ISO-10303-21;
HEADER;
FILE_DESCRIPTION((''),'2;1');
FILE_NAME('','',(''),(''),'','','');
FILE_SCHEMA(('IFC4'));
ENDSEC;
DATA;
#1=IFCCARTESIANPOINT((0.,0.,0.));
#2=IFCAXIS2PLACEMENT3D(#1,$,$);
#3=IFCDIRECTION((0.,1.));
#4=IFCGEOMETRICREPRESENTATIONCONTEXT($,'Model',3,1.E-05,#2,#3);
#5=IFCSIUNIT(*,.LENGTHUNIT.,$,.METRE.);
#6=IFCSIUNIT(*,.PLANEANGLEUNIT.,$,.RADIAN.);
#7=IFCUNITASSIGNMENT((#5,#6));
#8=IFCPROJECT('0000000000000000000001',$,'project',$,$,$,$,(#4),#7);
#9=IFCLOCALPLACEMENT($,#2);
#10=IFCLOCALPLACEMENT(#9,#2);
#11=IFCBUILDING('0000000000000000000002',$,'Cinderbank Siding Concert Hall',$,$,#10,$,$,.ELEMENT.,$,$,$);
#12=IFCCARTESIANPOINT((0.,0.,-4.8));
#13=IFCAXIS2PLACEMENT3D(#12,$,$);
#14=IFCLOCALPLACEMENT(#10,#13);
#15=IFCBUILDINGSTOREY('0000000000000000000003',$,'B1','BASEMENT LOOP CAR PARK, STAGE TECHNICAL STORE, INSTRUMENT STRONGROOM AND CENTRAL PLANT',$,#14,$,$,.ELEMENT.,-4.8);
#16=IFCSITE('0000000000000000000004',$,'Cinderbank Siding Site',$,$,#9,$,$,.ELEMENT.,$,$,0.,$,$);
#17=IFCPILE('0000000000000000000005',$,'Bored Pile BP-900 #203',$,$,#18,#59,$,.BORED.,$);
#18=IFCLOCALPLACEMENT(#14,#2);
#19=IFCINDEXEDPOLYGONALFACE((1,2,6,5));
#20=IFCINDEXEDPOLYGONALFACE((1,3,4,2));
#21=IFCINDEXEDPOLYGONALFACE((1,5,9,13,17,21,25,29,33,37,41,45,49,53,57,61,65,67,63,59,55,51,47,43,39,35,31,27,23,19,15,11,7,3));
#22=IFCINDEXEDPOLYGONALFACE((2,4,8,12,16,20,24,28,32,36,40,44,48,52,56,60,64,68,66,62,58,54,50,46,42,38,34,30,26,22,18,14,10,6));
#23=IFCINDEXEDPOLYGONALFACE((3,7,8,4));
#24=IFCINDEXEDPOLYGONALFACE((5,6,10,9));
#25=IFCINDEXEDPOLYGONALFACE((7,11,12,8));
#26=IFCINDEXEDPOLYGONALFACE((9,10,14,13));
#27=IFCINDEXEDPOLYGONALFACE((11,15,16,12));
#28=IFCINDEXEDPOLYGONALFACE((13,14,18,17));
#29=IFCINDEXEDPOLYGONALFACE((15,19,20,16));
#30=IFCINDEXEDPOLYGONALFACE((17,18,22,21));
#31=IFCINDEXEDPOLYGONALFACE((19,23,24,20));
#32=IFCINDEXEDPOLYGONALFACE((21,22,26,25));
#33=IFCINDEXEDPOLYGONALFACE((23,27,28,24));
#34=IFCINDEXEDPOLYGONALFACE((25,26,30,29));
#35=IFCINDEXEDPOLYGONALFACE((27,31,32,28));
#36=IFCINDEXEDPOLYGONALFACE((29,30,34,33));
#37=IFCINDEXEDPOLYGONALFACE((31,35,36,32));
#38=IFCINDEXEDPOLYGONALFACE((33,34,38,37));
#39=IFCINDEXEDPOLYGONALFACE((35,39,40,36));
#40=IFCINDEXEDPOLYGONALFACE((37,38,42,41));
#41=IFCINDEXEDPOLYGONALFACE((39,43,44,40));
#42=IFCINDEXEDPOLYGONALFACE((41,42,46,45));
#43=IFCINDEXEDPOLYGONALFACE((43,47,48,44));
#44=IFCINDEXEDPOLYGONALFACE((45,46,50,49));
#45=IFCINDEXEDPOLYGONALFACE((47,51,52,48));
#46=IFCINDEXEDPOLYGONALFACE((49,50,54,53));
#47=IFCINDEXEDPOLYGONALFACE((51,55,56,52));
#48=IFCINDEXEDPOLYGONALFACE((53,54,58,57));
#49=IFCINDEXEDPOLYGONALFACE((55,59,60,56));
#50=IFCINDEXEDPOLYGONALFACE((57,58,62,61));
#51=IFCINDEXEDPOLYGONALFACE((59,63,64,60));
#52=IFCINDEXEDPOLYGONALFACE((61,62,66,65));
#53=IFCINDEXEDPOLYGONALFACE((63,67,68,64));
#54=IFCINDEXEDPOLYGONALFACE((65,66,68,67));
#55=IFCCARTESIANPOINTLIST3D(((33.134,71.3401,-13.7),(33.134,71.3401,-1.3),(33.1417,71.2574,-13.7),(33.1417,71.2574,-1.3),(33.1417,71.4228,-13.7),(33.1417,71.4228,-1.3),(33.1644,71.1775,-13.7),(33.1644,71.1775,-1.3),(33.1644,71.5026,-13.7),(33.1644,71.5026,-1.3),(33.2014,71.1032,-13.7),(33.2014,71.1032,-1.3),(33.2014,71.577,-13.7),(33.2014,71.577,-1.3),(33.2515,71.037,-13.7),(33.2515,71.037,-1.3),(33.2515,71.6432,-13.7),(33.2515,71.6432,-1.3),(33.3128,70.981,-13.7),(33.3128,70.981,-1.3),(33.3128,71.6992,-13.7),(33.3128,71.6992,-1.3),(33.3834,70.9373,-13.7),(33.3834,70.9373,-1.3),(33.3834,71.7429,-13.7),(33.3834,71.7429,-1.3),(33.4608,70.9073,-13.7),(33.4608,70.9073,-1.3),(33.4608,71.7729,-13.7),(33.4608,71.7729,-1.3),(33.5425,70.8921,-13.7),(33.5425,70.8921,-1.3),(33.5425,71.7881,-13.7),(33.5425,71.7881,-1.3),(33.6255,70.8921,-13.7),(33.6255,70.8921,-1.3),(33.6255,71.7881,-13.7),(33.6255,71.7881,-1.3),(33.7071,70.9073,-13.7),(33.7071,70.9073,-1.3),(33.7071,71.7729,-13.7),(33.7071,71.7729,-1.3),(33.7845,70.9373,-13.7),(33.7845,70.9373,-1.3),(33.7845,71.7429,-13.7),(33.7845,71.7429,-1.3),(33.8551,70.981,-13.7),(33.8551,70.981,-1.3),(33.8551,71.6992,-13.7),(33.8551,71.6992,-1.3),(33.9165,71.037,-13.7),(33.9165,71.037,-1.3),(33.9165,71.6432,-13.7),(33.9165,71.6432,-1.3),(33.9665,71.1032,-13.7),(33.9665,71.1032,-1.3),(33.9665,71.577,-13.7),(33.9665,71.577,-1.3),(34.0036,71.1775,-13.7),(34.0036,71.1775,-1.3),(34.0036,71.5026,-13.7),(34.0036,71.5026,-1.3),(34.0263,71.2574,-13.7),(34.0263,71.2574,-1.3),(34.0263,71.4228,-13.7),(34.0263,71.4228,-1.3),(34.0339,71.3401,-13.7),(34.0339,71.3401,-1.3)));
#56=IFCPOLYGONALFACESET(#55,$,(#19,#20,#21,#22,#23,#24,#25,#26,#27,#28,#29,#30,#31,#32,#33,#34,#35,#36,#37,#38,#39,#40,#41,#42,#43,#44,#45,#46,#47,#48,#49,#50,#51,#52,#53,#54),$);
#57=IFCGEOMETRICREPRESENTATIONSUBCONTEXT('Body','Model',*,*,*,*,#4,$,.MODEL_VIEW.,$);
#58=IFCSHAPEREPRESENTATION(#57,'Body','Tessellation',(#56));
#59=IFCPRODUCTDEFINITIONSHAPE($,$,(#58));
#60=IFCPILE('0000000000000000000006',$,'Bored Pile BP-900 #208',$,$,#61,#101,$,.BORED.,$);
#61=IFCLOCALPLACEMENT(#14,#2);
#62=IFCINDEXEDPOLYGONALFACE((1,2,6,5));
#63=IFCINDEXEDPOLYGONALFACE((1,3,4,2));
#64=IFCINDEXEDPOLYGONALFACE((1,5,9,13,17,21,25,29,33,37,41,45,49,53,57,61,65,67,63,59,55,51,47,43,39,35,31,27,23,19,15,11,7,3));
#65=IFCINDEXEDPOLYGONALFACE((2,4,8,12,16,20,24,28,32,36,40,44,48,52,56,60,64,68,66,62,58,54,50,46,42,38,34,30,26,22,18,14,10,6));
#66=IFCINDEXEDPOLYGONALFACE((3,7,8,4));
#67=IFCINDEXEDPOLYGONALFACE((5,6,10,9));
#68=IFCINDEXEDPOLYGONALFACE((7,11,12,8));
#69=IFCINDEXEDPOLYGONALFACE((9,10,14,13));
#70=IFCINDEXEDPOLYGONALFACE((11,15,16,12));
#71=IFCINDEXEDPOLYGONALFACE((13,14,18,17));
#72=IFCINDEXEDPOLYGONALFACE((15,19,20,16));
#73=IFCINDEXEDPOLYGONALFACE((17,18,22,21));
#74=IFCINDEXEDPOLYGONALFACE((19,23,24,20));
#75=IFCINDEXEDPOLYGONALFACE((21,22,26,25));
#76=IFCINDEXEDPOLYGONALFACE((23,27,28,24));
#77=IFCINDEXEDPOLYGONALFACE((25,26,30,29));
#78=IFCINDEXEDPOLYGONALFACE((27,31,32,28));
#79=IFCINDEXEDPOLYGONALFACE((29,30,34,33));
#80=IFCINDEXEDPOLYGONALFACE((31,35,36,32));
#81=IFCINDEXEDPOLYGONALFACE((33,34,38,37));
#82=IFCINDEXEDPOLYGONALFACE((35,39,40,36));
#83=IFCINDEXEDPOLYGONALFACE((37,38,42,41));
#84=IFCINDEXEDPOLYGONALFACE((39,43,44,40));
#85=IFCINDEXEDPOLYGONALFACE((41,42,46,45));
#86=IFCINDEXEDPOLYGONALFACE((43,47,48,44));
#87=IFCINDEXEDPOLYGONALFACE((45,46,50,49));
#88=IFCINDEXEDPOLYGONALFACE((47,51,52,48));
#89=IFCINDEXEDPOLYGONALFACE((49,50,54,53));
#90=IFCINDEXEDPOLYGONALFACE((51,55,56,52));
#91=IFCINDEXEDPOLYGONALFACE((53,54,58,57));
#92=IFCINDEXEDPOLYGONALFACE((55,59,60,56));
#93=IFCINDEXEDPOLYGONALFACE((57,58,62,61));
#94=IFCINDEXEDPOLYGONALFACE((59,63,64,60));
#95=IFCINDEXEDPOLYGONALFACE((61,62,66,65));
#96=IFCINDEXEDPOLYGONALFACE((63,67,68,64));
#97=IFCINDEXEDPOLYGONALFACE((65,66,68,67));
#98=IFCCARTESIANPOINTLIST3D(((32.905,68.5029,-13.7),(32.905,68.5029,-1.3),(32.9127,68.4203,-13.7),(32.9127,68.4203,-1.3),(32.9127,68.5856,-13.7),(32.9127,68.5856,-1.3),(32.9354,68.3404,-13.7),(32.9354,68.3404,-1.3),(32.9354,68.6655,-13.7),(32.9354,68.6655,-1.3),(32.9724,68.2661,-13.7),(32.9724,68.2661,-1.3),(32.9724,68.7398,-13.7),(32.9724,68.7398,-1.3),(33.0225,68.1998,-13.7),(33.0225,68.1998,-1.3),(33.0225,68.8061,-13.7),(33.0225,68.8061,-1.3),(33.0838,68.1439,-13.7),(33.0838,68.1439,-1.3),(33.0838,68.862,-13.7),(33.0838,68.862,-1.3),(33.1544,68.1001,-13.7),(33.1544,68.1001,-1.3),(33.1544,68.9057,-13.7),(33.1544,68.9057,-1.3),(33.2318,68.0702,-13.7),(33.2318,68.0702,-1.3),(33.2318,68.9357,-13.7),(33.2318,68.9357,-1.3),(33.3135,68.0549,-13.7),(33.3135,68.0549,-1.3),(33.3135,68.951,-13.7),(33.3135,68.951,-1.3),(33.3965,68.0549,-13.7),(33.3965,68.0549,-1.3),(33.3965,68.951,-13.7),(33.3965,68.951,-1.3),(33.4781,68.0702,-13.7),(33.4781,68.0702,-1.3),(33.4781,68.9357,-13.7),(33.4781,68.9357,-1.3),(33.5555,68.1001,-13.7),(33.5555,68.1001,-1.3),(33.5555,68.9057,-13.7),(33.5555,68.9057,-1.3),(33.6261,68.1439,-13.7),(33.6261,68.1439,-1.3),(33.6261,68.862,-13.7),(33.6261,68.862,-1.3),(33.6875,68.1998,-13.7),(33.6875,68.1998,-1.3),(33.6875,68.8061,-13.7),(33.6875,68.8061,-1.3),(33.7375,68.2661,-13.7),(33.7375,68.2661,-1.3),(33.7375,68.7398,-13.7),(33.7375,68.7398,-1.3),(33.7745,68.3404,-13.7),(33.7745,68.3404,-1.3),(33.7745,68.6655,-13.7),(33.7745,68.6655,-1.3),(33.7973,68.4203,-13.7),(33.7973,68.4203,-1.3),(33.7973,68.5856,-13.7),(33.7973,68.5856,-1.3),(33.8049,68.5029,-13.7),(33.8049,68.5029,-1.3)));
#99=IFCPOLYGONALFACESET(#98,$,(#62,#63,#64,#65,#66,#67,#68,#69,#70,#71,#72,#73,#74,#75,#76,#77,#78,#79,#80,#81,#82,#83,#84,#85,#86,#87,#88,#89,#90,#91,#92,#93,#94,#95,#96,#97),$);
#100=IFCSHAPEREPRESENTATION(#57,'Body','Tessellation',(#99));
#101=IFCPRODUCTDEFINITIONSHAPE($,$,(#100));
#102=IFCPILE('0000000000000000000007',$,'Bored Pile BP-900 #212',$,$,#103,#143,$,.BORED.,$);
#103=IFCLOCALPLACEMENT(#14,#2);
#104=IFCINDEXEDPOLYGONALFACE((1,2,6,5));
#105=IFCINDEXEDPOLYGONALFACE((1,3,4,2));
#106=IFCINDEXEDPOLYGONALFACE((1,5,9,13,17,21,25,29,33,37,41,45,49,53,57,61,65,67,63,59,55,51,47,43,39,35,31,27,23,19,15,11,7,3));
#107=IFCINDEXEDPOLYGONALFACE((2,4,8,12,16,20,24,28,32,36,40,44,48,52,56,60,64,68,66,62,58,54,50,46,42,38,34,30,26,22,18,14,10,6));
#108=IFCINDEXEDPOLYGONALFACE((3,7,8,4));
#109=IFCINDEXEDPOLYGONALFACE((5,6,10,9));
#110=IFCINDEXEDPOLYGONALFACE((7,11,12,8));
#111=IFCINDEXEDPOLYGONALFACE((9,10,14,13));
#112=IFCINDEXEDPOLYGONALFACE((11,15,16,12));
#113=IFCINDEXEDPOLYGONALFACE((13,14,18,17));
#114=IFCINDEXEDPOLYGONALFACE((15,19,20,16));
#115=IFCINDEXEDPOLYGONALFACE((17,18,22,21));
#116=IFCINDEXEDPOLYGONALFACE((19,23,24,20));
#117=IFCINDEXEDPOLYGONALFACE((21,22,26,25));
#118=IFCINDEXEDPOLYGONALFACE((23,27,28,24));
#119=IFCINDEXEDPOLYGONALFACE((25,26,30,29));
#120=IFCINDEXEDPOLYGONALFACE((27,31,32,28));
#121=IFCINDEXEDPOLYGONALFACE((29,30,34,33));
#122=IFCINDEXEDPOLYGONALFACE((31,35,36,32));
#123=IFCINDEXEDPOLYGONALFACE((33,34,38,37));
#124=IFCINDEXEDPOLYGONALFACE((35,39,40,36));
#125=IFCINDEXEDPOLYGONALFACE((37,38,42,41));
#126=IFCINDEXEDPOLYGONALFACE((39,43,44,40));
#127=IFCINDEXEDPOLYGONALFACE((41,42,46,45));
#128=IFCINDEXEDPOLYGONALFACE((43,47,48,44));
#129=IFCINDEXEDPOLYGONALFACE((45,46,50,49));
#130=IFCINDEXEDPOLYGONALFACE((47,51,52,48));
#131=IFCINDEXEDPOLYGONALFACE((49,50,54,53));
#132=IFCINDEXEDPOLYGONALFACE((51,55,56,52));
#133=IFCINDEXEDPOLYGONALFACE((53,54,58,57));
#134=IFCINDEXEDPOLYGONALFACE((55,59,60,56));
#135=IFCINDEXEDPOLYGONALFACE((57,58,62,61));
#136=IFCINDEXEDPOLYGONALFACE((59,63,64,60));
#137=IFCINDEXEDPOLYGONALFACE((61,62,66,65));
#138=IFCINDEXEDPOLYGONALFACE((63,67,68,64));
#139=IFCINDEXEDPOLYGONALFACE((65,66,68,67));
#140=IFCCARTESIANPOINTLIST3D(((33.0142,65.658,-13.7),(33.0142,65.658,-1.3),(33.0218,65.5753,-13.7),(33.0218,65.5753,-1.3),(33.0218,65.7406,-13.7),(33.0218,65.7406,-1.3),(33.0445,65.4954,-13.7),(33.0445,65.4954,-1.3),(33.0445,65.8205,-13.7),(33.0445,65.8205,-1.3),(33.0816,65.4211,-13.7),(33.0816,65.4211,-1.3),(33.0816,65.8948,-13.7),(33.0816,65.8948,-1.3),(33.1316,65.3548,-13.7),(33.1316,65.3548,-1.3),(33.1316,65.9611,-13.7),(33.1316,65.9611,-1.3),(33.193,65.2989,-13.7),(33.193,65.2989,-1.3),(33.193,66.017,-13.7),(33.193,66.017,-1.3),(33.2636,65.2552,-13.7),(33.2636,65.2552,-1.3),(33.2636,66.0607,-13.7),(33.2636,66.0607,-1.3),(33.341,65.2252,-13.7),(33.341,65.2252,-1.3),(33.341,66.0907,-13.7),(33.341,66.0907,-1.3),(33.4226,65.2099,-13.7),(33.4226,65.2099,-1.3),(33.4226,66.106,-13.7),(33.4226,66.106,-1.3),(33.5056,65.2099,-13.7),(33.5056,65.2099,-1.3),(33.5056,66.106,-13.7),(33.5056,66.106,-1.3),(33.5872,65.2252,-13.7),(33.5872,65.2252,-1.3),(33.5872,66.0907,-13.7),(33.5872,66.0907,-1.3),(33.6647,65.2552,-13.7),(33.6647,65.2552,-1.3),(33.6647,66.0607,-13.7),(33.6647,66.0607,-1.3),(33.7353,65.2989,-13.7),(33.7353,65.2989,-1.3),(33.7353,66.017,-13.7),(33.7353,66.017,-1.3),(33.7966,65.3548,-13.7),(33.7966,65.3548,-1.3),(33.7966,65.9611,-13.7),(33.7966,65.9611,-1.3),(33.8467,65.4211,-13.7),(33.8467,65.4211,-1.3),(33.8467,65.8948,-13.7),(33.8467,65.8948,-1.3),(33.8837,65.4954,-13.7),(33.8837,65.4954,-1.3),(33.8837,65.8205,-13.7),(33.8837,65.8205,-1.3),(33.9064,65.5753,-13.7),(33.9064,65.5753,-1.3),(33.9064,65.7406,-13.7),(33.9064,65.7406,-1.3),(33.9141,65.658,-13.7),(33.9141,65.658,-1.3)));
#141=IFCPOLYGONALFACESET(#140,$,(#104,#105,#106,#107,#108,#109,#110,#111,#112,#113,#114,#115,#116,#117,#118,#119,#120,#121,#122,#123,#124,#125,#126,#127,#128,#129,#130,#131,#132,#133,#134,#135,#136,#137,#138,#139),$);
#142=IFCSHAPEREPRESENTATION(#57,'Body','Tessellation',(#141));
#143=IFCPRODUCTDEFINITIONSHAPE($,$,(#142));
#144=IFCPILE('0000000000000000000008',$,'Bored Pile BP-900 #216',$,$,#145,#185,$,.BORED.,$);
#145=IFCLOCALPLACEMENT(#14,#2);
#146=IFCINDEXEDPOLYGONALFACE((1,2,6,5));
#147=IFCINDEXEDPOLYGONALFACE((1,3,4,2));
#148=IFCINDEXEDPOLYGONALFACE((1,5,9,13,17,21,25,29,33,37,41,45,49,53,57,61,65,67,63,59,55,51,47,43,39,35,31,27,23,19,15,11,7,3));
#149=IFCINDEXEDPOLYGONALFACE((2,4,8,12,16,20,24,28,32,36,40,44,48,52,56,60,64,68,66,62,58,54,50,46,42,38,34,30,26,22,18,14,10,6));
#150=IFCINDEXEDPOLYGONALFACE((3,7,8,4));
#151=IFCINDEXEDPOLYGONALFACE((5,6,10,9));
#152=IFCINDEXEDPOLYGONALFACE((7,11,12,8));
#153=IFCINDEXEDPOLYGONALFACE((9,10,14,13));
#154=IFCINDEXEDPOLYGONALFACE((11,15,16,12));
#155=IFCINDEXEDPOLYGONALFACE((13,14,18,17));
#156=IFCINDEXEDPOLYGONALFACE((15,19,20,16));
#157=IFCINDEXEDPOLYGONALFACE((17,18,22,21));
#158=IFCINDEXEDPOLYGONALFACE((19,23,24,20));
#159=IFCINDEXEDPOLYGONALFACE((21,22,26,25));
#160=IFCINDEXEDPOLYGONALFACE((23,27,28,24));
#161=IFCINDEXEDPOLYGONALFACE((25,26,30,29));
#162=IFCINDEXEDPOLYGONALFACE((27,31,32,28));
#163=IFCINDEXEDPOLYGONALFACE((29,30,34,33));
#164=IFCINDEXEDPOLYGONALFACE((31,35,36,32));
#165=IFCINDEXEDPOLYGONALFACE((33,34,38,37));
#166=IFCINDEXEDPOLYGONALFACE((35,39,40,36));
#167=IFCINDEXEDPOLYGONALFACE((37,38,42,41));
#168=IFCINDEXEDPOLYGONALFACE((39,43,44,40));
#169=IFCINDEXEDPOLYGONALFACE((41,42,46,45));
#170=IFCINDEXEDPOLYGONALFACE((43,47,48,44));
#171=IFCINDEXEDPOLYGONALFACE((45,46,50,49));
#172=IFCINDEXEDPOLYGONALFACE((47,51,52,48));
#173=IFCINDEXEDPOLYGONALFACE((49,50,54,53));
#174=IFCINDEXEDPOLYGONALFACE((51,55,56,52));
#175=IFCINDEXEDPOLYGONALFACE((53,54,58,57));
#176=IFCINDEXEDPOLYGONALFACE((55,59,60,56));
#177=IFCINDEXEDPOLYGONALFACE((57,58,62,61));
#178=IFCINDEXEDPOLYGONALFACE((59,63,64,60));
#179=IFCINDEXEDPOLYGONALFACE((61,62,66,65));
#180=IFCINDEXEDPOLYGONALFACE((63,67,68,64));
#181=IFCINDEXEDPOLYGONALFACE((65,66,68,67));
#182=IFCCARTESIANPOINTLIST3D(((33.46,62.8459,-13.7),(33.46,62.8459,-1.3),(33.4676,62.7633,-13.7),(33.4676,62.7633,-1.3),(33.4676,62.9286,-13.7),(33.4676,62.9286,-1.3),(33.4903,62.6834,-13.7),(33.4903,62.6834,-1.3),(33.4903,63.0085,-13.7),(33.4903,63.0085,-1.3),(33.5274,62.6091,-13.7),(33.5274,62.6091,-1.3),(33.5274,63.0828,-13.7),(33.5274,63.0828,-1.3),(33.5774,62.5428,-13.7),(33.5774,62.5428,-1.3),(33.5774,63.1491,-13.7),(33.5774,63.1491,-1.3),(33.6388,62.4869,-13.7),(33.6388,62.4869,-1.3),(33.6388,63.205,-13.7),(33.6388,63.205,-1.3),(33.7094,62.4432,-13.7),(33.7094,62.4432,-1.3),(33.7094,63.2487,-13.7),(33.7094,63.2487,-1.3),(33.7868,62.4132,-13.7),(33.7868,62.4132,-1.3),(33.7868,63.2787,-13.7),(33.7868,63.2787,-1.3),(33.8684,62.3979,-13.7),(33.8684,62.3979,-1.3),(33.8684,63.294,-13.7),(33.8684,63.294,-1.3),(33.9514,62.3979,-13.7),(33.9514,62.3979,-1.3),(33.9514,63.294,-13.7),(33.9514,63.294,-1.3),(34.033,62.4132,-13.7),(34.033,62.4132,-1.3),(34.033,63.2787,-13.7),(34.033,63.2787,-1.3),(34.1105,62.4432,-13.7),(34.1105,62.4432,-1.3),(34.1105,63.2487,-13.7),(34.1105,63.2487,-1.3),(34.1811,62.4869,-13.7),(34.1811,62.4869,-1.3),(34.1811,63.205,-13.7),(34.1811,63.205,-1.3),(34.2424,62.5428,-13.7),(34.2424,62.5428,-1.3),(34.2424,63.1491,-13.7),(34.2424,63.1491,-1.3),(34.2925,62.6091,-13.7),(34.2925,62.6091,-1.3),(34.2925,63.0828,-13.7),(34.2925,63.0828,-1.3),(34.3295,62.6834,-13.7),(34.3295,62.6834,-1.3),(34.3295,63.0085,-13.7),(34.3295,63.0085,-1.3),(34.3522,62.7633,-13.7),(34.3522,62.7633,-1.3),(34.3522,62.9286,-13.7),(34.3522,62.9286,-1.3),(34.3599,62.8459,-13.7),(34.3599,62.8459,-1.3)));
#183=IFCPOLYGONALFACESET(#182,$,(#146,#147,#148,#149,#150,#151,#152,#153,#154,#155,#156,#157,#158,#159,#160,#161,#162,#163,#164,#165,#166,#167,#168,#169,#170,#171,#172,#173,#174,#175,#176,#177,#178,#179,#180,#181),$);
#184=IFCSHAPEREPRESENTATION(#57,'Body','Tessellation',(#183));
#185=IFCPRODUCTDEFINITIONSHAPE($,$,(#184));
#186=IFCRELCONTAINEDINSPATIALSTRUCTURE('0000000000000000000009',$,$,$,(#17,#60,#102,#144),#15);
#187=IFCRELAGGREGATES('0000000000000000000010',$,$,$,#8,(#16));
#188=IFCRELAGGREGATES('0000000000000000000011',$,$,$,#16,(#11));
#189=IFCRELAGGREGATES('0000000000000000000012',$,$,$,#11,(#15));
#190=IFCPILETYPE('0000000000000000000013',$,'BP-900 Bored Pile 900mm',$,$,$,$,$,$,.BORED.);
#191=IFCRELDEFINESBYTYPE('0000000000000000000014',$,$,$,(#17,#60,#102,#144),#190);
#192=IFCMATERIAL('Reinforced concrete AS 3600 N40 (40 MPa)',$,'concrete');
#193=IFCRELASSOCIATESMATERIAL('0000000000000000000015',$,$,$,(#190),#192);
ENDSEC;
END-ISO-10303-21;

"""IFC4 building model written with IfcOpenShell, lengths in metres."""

from ifc_helpers import new_model, si_unit, direction, frame, origin, origin_2d, place, context, subcontext, project, spatial, circle, extrude, material, material_profile, profile_set, type_object, element, save


model = new_model("IFC4")

# Units and contexts
model_context = context("Model", 3, precision=1e-05, world=origin(), true_north=direction((0.0, 1.0)))
body_context = subcontext(model_context, "Body", "Model", "MODEL_VIEW")
ifc_project = project(units=[si_unit("LENGTHUNIT", "METRE"), si_unit("PLANEANGLEUNIT", "RADIAN")], contexts=[model_context])

# Site, building, storey
site_placement = place(None, origin())
site = spatial("IfcSite", under=ifc_project, at=site_placement, Name="Cinderbank Siding Site", CompositionType="ELEMENT", RefElevation=0.0)
building_placement = place(site_placement, origin())
building = spatial("IfcBuilding", under=site, at=building_placement, Name="Cinderbank Siding Concert Hall", CompositionType="ELEMENT")
storey_placement = place(building_placement, frame((0.0, 0.0, -4.8)))
storey = spatial("IfcBuildingStorey", under=building, at=storey_placement, Name="B1", Description="BASEMENT LOOP CAR PARK, STAGE TECHNICAL STORE, INSTRUMENT STRONGROOM AND CENTRAL PLANT", CompositionType="ELEMENT", Elevation=-4.8)

# Piles
ifc_material_1 = material(Name="Reinforced concrete AS 3600 N40 (40 MPa)", Category="concrete")
ifc_material_profile_1 = material_profile(ifc_material_1, circle(Radius=0.45, at=origin_2d()), Name="PILE-900DIA", Category="LoadBearing")
ifc_profile_set_1 = profile_set([ifc_material_profile_1], Name="Reinforced concrete AS 3600 N40 (40 MPa)")
pile_type_1 = type_object("IfcPileType", Name="BP-900 Bored Pile 900mm", PredefinedType="BORED", material=ifc_profile_set_1)
for number, where, z_axis, x_axis, name in (
    (1, (33.584, 71.3401, -1.3), (0.0, 0.0, -1.0), (1.0, 0.0, 0.0), "Bored Pile BP-900 #203"),
    (2, (33.355, 68.5029, -1.3), (0.0, 0.0, -1.0), (1.0, 0.0, 0.0), "Bored Pile BP-900 #208"),
    (3, (33.4641, 65.658, -1.3), (0.0, 0.0, -1.0), (1.0, 0.0, 0.0), "Bored Pile BP-900 #212"),
    (4, (33.9099, 62.8459, -1.3), (0.0, 0.0, -1.0), (1.0, 0.0, 0.0), "Bored Pile BP-900 #216"),
):
    element("IfcPile", number, at=place(storey_placement, frame(where, z_axis=z_axis, x_axis=x_axis)), inside=storey, type_object=pile_type_1, Name=name, PredefinedType="BORED", context=body_context, shape_type="SweptSolid", body=[
        extrude(circle(Radius=0.45, at=origin_2d()), origin(), (0.0, 0.0, 1.0), 12.3999),
    ])

save(model, "model.ifc")
